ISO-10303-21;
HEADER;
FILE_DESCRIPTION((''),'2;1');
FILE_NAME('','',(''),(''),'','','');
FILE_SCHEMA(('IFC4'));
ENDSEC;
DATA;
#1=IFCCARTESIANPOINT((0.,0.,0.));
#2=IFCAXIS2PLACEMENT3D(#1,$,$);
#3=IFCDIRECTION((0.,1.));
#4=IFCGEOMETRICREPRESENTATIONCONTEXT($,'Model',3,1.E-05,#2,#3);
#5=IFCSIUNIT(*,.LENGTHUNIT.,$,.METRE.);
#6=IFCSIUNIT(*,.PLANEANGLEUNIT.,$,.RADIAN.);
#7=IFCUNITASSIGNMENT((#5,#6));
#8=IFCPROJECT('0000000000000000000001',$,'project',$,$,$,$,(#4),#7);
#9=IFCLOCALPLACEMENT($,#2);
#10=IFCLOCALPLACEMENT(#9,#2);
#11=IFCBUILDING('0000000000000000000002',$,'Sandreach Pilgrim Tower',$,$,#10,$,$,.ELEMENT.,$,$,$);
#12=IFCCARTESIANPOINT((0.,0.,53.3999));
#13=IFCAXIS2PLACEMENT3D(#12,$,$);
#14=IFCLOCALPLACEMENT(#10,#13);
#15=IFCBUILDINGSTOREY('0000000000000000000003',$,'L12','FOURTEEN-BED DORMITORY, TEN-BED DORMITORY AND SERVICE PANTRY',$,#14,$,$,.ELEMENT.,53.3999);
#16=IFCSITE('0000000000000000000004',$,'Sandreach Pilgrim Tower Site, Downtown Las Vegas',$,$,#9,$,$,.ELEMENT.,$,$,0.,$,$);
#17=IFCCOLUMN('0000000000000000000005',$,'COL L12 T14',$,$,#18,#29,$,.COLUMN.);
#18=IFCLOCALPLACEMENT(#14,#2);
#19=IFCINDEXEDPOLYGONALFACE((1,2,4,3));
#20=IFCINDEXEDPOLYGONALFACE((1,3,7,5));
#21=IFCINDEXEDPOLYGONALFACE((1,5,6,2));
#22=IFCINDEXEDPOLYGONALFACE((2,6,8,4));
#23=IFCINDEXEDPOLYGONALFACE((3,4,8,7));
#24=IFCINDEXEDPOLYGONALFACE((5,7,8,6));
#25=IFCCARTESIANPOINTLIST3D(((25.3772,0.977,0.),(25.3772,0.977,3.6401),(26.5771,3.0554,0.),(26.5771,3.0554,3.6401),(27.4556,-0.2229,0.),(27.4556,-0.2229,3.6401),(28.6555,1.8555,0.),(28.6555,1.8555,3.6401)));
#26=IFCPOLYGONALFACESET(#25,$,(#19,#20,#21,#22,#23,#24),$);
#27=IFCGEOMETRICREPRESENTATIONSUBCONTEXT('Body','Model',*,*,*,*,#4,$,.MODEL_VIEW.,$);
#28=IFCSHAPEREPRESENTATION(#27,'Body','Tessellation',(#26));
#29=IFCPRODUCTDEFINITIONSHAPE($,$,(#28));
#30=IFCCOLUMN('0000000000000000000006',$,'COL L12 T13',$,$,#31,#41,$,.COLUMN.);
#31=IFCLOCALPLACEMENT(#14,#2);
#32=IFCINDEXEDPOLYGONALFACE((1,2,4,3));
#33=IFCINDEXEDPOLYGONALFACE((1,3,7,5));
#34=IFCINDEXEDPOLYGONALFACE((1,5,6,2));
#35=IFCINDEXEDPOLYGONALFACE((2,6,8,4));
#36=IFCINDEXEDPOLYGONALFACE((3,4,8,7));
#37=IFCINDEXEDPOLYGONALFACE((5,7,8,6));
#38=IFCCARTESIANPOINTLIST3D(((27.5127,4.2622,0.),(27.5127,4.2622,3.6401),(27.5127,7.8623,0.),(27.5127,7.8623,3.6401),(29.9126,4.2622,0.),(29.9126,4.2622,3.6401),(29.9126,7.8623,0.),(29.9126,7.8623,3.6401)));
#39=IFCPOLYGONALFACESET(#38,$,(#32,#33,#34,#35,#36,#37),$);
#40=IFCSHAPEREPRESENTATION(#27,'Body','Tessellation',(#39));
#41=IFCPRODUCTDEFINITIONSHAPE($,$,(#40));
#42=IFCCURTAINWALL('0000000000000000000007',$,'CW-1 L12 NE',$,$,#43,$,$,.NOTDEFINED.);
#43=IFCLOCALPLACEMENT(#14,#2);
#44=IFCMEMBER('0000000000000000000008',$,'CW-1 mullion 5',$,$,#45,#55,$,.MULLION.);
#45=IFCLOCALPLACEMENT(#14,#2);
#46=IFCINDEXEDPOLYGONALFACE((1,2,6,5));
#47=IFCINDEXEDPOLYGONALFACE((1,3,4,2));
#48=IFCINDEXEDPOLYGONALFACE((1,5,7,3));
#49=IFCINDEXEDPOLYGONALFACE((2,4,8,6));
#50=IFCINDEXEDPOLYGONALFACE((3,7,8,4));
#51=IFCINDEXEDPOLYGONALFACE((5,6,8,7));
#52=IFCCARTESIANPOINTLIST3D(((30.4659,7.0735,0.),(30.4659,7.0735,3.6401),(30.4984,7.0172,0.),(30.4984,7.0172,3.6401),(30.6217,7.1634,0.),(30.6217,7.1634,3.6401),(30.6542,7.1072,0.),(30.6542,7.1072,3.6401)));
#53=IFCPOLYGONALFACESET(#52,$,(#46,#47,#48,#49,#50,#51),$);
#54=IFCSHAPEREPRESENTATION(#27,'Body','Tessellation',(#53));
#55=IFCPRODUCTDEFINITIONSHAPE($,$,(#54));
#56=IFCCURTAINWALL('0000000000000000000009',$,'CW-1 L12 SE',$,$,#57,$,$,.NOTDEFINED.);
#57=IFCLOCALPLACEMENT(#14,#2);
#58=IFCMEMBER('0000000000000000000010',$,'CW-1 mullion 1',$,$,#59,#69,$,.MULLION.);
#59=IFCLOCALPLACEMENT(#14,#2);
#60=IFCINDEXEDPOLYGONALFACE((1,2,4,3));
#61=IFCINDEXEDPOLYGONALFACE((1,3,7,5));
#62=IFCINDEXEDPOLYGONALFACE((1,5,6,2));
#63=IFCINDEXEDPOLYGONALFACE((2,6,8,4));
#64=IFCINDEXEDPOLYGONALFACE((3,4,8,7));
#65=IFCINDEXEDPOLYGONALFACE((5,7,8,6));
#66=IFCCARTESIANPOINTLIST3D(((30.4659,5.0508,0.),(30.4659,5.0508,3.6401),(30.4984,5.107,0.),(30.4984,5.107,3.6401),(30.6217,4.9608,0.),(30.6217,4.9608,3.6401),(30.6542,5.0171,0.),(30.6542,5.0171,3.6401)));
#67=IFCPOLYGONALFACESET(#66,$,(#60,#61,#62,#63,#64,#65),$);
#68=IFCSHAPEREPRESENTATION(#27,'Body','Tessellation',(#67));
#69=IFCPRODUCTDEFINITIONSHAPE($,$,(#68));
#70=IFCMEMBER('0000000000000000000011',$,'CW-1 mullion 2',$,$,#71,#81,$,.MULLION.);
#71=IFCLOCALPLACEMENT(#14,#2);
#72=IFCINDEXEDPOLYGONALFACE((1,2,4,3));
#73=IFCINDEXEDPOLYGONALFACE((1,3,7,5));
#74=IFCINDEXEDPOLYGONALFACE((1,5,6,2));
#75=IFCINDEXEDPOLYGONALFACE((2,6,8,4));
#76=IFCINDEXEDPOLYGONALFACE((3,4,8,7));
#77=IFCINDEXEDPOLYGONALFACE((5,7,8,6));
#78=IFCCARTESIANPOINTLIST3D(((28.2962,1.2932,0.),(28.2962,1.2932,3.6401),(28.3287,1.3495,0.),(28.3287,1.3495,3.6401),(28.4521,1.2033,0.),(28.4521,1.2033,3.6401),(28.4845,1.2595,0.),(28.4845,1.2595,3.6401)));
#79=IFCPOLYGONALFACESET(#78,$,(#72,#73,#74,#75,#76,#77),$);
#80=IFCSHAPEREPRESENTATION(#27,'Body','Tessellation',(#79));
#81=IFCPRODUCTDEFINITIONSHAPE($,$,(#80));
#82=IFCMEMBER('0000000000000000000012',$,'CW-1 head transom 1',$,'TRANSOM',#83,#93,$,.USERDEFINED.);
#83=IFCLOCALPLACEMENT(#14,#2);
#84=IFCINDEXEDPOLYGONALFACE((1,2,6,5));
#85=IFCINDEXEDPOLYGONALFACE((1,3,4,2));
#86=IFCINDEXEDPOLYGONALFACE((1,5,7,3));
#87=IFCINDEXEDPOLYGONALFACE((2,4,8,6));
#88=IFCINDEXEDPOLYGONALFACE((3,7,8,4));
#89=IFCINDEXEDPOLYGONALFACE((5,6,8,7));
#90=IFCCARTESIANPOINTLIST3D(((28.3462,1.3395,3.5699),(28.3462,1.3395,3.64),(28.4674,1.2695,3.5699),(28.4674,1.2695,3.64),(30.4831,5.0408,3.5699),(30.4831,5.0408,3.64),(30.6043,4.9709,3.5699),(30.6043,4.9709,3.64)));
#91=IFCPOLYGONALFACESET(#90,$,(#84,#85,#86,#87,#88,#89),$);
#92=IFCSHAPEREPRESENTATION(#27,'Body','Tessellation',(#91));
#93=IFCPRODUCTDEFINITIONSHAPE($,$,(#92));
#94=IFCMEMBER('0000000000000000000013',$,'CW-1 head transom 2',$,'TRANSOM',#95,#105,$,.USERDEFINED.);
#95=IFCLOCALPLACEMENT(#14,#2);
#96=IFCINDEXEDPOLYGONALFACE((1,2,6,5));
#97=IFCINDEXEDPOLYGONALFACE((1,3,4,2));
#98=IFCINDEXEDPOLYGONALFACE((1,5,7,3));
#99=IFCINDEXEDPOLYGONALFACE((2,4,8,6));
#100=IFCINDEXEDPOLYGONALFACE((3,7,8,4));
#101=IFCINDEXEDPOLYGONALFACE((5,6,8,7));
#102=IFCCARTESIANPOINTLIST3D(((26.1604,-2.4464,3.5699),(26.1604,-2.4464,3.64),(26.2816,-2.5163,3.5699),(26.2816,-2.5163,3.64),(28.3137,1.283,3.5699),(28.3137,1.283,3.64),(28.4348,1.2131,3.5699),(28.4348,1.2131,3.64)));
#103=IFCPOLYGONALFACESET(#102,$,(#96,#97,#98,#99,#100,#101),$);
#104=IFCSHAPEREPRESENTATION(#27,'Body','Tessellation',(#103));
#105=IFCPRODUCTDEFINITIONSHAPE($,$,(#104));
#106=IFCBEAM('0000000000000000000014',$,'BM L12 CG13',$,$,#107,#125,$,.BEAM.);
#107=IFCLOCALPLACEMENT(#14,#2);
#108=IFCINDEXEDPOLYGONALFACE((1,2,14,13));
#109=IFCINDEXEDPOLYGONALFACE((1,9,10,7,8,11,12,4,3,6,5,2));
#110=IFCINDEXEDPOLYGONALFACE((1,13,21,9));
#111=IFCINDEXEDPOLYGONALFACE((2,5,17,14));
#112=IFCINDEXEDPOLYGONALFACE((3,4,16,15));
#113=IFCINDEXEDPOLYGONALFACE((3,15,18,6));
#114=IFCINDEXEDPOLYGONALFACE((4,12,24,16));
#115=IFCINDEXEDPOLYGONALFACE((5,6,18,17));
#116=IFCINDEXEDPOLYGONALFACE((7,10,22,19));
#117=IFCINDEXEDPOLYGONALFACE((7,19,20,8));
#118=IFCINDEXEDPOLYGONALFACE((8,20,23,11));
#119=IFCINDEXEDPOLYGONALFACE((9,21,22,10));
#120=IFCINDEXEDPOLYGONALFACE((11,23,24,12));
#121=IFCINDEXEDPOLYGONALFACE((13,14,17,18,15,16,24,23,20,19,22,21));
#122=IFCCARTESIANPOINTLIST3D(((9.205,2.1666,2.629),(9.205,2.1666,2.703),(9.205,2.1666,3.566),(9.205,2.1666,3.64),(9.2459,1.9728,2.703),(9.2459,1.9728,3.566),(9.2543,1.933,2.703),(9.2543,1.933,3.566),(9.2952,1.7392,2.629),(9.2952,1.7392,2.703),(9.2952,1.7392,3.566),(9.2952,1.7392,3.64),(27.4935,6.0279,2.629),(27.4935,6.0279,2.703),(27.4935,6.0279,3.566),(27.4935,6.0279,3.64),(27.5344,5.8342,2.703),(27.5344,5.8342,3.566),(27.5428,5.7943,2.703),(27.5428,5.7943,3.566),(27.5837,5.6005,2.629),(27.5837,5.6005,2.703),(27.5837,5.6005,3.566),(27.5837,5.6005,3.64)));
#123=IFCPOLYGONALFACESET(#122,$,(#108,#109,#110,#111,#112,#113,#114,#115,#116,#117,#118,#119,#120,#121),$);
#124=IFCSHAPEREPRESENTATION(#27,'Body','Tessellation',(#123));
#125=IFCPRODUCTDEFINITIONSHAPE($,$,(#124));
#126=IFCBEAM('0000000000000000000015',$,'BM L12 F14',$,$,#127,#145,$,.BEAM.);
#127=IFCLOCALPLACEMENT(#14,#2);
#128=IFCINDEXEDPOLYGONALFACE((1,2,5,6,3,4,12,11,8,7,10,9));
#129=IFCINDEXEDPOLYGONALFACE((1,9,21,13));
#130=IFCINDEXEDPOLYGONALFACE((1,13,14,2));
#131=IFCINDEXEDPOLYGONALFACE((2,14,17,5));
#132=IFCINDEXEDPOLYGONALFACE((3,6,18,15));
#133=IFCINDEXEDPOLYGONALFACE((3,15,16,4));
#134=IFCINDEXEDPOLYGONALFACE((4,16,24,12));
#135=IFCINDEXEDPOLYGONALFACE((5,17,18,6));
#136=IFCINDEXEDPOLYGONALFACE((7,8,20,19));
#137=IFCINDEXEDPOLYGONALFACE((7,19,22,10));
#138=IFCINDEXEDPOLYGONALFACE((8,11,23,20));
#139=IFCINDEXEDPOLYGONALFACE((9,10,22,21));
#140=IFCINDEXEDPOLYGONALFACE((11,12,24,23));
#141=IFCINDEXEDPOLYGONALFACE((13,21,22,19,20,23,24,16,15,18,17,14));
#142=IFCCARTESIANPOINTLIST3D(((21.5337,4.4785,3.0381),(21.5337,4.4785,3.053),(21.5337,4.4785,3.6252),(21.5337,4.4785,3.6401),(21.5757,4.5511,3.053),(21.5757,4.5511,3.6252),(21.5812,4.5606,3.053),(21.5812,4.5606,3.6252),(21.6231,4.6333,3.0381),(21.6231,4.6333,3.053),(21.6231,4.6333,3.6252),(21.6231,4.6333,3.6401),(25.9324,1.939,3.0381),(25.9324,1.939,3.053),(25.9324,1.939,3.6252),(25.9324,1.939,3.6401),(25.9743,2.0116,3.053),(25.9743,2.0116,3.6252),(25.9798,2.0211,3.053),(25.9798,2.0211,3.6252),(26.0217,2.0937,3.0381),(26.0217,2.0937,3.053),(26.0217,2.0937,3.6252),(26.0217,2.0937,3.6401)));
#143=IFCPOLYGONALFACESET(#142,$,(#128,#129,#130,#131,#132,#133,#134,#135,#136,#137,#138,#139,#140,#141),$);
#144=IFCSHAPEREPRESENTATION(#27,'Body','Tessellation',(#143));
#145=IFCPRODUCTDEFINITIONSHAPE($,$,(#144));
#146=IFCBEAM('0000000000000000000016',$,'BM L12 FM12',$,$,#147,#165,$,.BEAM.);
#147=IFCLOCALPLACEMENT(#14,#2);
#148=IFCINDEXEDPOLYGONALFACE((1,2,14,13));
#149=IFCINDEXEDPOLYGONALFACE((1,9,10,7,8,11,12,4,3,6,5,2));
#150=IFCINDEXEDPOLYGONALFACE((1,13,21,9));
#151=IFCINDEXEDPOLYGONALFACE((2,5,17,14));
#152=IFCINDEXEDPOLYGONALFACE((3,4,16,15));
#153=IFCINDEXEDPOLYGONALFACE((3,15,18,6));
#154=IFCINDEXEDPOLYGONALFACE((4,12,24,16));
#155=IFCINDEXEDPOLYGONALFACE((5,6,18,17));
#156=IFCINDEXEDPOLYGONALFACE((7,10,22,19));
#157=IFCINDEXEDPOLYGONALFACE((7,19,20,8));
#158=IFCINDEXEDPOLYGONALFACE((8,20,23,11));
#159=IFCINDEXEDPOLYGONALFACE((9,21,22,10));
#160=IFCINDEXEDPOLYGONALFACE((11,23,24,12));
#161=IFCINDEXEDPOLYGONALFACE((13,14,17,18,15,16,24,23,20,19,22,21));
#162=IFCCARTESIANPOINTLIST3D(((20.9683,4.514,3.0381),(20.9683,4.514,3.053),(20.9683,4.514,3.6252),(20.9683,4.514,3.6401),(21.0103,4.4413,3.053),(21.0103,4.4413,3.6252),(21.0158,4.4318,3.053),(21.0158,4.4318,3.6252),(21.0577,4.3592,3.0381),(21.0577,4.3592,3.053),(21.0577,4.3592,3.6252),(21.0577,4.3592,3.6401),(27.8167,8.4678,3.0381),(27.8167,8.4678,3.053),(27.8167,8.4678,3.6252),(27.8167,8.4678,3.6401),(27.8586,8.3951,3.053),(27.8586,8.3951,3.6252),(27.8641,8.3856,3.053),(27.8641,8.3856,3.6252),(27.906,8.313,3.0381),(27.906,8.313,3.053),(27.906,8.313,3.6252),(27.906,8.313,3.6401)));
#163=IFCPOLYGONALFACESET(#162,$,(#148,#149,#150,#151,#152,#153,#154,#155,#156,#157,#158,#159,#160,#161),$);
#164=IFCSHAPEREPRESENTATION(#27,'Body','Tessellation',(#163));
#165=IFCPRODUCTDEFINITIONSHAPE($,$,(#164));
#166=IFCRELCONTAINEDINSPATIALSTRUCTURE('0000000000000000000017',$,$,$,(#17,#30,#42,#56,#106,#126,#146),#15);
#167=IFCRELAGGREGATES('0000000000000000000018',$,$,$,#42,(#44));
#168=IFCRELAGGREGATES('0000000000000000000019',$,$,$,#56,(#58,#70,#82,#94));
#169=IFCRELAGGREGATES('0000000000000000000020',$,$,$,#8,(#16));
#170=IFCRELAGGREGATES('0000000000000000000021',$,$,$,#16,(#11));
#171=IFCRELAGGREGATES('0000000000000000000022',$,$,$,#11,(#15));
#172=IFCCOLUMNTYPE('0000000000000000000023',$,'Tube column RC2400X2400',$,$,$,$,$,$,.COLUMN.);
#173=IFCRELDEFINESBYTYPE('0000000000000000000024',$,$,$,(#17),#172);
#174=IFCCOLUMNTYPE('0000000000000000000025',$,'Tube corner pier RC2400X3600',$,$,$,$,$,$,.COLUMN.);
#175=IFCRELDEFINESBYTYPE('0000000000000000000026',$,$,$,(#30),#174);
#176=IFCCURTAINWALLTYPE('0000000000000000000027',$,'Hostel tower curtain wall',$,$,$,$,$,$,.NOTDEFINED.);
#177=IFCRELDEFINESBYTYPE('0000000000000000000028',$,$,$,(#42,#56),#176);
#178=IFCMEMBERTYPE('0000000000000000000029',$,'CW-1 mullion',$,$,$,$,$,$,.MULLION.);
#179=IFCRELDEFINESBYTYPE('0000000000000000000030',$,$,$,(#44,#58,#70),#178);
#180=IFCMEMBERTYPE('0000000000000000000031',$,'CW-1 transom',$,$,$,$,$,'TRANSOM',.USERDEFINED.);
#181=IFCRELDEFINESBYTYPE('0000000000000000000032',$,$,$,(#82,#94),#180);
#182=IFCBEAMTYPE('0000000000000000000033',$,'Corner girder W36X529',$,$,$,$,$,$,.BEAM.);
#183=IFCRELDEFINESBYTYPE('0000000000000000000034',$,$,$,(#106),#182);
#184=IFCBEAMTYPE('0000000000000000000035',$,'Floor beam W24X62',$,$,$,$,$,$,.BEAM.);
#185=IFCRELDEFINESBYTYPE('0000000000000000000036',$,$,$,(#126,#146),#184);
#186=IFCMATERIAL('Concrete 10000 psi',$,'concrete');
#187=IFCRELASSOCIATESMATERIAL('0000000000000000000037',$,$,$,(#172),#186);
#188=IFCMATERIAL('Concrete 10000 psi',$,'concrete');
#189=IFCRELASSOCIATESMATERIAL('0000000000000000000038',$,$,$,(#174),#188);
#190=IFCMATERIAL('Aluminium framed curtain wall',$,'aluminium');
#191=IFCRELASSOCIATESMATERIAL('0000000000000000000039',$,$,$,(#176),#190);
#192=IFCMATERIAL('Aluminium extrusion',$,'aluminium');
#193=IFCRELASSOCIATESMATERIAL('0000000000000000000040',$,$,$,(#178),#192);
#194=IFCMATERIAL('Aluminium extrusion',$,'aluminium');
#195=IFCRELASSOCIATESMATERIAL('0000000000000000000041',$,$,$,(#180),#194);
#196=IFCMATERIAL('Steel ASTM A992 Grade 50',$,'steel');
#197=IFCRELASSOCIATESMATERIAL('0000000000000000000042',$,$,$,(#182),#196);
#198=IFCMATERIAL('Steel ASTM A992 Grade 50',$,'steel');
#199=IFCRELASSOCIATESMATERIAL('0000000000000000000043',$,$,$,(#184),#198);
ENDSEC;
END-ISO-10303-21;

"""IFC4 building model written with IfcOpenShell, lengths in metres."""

from ifc_helpers import new_model, si_unit, direction, frame, origin, origin_2d, place, context, subcontext, project, spatial, rectangle, i_section, extrude, clip, halfspace, material, material_profile, profile_set, type_object, element, aggregate, save


model = new_model("IFC4")

# Units and contexts
model_context = context("Model", 3, precision=1e-05, world=origin(), true_north=direction((0.0, 1.0)))
body_context = subcontext(model_context, "Body", "Model", "MODEL_VIEW")
ifc_project = project(units=[si_unit("LENGTHUNIT", "METRE"), si_unit("PLANEANGLEUNIT", "RADIAN")], contexts=[model_context])

# Site, building, storey
site_placement = place(None, origin())
site = spatial("IfcSite", under=ifc_project, at=site_placement, Name="Sandreach Pilgrim Tower Site, Downtown Las Vegas", CompositionType="ELEMENT", RefElevation=0.0)
building_placement = place(site_placement, origin())
building = spatial("IfcBuilding", under=site, at=building_placement, Name="Sandreach Pilgrim Tower", CompositionType="ELEMENT")
storey_placement = place(building_placement, frame((0.0, 0.0, 53.3999)))
storey = spatial("IfcBuildingStorey", under=building, at=storey_placement, Name="L12", Description="FOURTEEN-BED DORMITORY, TEN-BED DORMITORY AND SERVICE PANTRY", CompositionType="ELEMENT", Elevation=53.3999)

# Columns
ifc_material_1 = material(Name="Concrete 10000 psi", Category="concrete")
ifc_material_profile_1 = material_profile(ifc_material_1, rectangle(XDim=2.3999, YDim=2.3999, at=origin_2d()), Name="RC2400X2400")
ifc_profile_set_1 = profile_set([ifc_material_profile_1], Name="Concrete 10000 psi")
column_type_1 = type_object("IfcColumnType", Name="Tube column RC2400X2400", PredefinedType="COLUMN", material=ifc_profile_set_1)
column_1_placement = place(storey_placement, frame((27.0164, 1.4163, 0.0), z_axis=(0.0, 0.0, 1.0), x_axis=(0.866025, -0.5, 0.0)))
element("IfcColumn", 1, at=column_1_placement, inside=storey, type_object=column_type_1, Name="COL L12 T14", PredefinedType="COLUMN", context=body_context, shape_type="SweptSolid", body=[
    clip(extrude(rectangle(XDim=2.3999, YDim=2.3999, at=origin_2d()), origin(), (0.0, 0.0, 1.0), 3.7275), halfspace(frame((0.0, 0.0, 3.6401)), False)),
])
ifc_material_2 = material(Name="Concrete 10000 psi", Category="concrete")
ifc_material_profile_2 = material_profile(ifc_material_2, rectangle(XDim=2.3999, YDim=3.6001, at=origin_2d()), Name="RC2400X3600")
ifc_profile_set_2 = profile_set([ifc_material_profile_2], Name="Concrete 10000 psi")
column_type_2 = type_object("IfcColumnType", Name="Tube corner pier RC2400X3600", PredefinedType="COLUMN", material=ifc_profile_set_2)
column_2_placement = place(storey_placement, frame((28.7126, 6.0623, 0.0), z_axis=(0.0, 0.0, 1.0), x_axis=(1.0, 0.0, 0.0)))
element("IfcColumn", 2, at=column_2_placement, inside=storey, type_object=column_type_2, Name="COL L12 T13", PredefinedType="COLUMN", context=body_context, shape_type="SweptSolid", body=[
    clip(extrude(rectangle(XDim=2.3999, YDim=3.6001, at=origin_2d()), origin(), (0.0, 0.0, 1.0), 3.7261), halfspace(frame((0.0, 0.0, 3.6401)), False)),
])

# Curtain wall, member
ifc_material_3 = material(Name="Aluminium framed curtain wall", Category="aluminium")
curtain_wall_type = type_object("IfcCurtainWallType", Name="Hostel tower curtain wall", PredefinedType="NOTDEFINED", material=ifc_material_3)
curtain_wall_1_placement = place(storey_placement, origin())
curtain_wall_1 = element("IfcCurtainWall", 3, at=curtain_wall_1_placement, inside=storey, type_object=curtain_wall_type, Name="CW-1 L12 NE", PredefinedType="NOTDEFINED")
ifc_material_4 = material(Name="Aluminium extrusion", Category="aluminium")
ifc_material_profile_3 = material_profile(ifc_material_4, rectangle(XDim=0.0649, YDim=0.1799, at=origin_2d()), Name="CW-1M 65X180")
ifc_profile_set_3 = profile_set([ifc_material_profile_3], Name="Aluminium extrusion")
member_type_1 = type_object("IfcMemberType", Name="CW-1 mullion", PredefinedType="MULLION", material=ifc_profile_set_3)
member_1_placement = place(storey_placement, frame((30.5601, 7.0903, 0.0), z_axis=(0.0, 0.0, 1.0), x_axis=(0.5, -0.866025, 0.0)))
member_1 = element("IfcMember", 4, at=member_1_placement, type_object=member_type_1, Name="CW-1 mullion 5", PredefinedType="MULLION", context=body_context, shape_type="SweptSolid", body=[
    extrude(rectangle(XDim=0.0649, YDim=0.1799, at=origin_2d()), origin(), (0.0, 0.0, 1.0), 3.6401),
])

# Curtain wall, members
curtain_wall_2_placement = place(storey_placement, origin())
curtain_wall_2 = element("IfcCurtainWall", 5, at=curtain_wall_2_placement, inside=storey, type_object=curtain_wall_type, Name="CW-1 L12 SE", PredefinedType="NOTDEFINED")
member_2_placement = place(storey_placement, frame((30.5601, 5.0339, 0.0), z_axis=(0.0, 0.0, 1.0), x_axis=(-0.5, -0.866025, 0.0)))
member_2 = element("IfcMember", 6, at=member_2_placement, type_object=member_type_1, Name="CW-1 mullion 1", PredefinedType="MULLION", context=body_context, shape_type="SweptSolid", body=[
    extrude(rectangle(XDim=0.0649, YDim=0.1799, at=origin_2d()), origin(), (0.0, 0.0, 1.0), 3.6401),
])
member_3_placement = place(storey_placement, frame((28.3904, 1.2764, 0.0), z_axis=(0.0, 0.0, 1.0), x_axis=(-0.5, -0.866025, 0.0)))
member_3 = element("IfcMember", 7, at=member_3_placement, type_object=member_type_1, Name="CW-1 mullion 2", PredefinedType="MULLION", context=body_context, shape_type="SweptSolid", body=[
    extrude(rectangle(XDim=0.0649, YDim=0.1799, at=origin_2d()), origin(), (0.0, 0.0, 1.0), 3.6401),
])
ifc_material_5 = material(Name="Aluminium extrusion", Category="aluminium")
ifc_material_profile_4 = material_profile(ifc_material_5, rectangle(XDim=0.1399, YDim=0.0701, at=origin_2d()), Name="CW-1T 140X70")
ifc_profile_set_4 = profile_set([ifc_material_profile_4], Name="Aluminium extrusion")
member_type_2 = type_object("IfcMemberType", Name="CW-1 transom", ElementType="TRANSOM", PredefinedType="USERDEFINED", material=ifc_profile_set_4)
member_4_placement = place(storey_placement, frame((30.5437, 5.0059, 3.605), z_axis=(-0.499991, -0.866031, 0.0), x_axis=(0.866031, -0.499991, 0.0)))
member_4 = element("IfcMember", 8, at=member_4_placement, type_object=member_type_2, Name="CW-1 head transom 1", ObjectType="TRANSOM", PredefinedType="USERDEFINED", context=body_context, shape_type="SweptSolid", body=[
    extrude(rectangle(XDim=0.1399, YDim=0.0701, at=origin_2d()), origin(), (0.0, 0.0, 1.0), 4.2739),
])
member_5_placement = place(storey_placement, frame((28.3743, 1.248, 3.605), z_axis=(-0.500017, -0.866016, 0.0), x_axis=(0.866016, -0.500017, 0.0)))
member_5 = element("IfcMember", 9, at=member_5_placement, type_object=member_type_2, Name="CW-1 head transom 2", ObjectType="TRANSOM", PredefinedType="USERDEFINED", context=body_context, shape_type="SweptSolid", body=[
    extrude(rectangle(XDim=0.1399, YDim=0.0701, at=origin_2d()), origin(), (0.0, 0.0, 1.0), 4.3064),
])

# Beams
ifc_material_6 = material(Name="Steel ASTM A992 Grade 50", Category="steel")
ifc_material_profile_5 = material_profile(ifc_material_6, i_section(OverallWidth=0.4368, OverallDepth=1.011, WebThickness=0.0408, FlangeThickness=0.074, at=origin_2d()), Name="W36X529")
ifc_profile_set_5 = profile_set([ifc_material_profile_5], Name="Steel ASTM A992 Grade 50")
beam_type_1 = type_object("IfcBeamType", Name="Corner girder W36X529", PredefinedType="BEAM", material=ifc_profile_set_5)
beam_1_placement = place(storey_placement, frame((27.5386, 5.8142, 3.1345), z_axis=(-0.97843, -0.206579, 0.0), x_axis=(0.206579, -0.97843, 0.0)))
element("IfcBeam", 10, at=beam_1_placement, inside=storey, type_object=beam_type_1, Name="BM L12 CG13", PredefinedType="BEAM", context=body_context, shape_type="SweptSolid", body=[
    extrude(i_section(OverallWidth=0.4368, OverallDepth=1.011, WebThickness=0.0408, FlangeThickness=0.074, at=origin_2d()), origin(), (0.0, 0.0, 1.0), 18.6917),
])
ifc_material_7 = material(Name="Steel ASTM A992 Grade 50", Category="steel")
ifc_material_profile_6 = material_profile(ifc_material_7, i_section(OverallWidth=0.1787, OverallDepth=0.6021, WebThickness=0.011, FlangeThickness=0.0149, at=origin_2d()), Name="W24X62")
ifc_profile_set_6 = profile_set([ifc_material_profile_6], Name="Steel ASTM A992 Grade 50")
beam_type_2 = type_object("IfcBeamType", Name="Floor beam W24X62", PredefinedType="BEAM", material=ifc_profile_set_6)
beam_2_placement = place(storey_placement, frame((25.9771, 2.0164, 3.3391), z_axis=(-0.866028, 0.499996, 0.0), x_axis=(-0.499996, -0.866028, 0.0)))
element("IfcBeam", 11, at=beam_2_placement, inside=storey, type_object=beam_type_2, Name="BM L12 F14", PredefinedType="BEAM", context=body_context, shape_type="SweptSolid", body=[
    extrude(i_section(OverallWidth=0.1787, OverallDepth=0.6021, WebThickness=0.011, FlangeThickness=0.0149, at=origin_2d()), origin(), (0.0, 0.0, 1.0), 5.0791),
])
beam_3_placement = place(storey_placement, frame((27.8613, 8.3904, 3.3391), z_axis=(-0.866029, -0.499994, 0.0), x_axis=(0.499994, -0.866029, 0.0)))
element("IfcBeam", 12, at=beam_3_placement, inside=storey, type_object=beam_type_2, Name="BM L12 FM12", PredefinedType="BEAM", context=body_context, shape_type="SweptSolid", body=[
    extrude(i_section(OverallWidth=0.1787, OverallDepth=0.6021, WebThickness=0.011, FlangeThickness=0.0149, at=origin_2d()), origin(), (0.0, 0.0, 1.0), 7.9077),
])

aggregate(curtain_wall_1, [member_1])
aggregate(curtain_wall_2, [member_2, member_3, member_4, member_5])

save(model, "model.ifc")
